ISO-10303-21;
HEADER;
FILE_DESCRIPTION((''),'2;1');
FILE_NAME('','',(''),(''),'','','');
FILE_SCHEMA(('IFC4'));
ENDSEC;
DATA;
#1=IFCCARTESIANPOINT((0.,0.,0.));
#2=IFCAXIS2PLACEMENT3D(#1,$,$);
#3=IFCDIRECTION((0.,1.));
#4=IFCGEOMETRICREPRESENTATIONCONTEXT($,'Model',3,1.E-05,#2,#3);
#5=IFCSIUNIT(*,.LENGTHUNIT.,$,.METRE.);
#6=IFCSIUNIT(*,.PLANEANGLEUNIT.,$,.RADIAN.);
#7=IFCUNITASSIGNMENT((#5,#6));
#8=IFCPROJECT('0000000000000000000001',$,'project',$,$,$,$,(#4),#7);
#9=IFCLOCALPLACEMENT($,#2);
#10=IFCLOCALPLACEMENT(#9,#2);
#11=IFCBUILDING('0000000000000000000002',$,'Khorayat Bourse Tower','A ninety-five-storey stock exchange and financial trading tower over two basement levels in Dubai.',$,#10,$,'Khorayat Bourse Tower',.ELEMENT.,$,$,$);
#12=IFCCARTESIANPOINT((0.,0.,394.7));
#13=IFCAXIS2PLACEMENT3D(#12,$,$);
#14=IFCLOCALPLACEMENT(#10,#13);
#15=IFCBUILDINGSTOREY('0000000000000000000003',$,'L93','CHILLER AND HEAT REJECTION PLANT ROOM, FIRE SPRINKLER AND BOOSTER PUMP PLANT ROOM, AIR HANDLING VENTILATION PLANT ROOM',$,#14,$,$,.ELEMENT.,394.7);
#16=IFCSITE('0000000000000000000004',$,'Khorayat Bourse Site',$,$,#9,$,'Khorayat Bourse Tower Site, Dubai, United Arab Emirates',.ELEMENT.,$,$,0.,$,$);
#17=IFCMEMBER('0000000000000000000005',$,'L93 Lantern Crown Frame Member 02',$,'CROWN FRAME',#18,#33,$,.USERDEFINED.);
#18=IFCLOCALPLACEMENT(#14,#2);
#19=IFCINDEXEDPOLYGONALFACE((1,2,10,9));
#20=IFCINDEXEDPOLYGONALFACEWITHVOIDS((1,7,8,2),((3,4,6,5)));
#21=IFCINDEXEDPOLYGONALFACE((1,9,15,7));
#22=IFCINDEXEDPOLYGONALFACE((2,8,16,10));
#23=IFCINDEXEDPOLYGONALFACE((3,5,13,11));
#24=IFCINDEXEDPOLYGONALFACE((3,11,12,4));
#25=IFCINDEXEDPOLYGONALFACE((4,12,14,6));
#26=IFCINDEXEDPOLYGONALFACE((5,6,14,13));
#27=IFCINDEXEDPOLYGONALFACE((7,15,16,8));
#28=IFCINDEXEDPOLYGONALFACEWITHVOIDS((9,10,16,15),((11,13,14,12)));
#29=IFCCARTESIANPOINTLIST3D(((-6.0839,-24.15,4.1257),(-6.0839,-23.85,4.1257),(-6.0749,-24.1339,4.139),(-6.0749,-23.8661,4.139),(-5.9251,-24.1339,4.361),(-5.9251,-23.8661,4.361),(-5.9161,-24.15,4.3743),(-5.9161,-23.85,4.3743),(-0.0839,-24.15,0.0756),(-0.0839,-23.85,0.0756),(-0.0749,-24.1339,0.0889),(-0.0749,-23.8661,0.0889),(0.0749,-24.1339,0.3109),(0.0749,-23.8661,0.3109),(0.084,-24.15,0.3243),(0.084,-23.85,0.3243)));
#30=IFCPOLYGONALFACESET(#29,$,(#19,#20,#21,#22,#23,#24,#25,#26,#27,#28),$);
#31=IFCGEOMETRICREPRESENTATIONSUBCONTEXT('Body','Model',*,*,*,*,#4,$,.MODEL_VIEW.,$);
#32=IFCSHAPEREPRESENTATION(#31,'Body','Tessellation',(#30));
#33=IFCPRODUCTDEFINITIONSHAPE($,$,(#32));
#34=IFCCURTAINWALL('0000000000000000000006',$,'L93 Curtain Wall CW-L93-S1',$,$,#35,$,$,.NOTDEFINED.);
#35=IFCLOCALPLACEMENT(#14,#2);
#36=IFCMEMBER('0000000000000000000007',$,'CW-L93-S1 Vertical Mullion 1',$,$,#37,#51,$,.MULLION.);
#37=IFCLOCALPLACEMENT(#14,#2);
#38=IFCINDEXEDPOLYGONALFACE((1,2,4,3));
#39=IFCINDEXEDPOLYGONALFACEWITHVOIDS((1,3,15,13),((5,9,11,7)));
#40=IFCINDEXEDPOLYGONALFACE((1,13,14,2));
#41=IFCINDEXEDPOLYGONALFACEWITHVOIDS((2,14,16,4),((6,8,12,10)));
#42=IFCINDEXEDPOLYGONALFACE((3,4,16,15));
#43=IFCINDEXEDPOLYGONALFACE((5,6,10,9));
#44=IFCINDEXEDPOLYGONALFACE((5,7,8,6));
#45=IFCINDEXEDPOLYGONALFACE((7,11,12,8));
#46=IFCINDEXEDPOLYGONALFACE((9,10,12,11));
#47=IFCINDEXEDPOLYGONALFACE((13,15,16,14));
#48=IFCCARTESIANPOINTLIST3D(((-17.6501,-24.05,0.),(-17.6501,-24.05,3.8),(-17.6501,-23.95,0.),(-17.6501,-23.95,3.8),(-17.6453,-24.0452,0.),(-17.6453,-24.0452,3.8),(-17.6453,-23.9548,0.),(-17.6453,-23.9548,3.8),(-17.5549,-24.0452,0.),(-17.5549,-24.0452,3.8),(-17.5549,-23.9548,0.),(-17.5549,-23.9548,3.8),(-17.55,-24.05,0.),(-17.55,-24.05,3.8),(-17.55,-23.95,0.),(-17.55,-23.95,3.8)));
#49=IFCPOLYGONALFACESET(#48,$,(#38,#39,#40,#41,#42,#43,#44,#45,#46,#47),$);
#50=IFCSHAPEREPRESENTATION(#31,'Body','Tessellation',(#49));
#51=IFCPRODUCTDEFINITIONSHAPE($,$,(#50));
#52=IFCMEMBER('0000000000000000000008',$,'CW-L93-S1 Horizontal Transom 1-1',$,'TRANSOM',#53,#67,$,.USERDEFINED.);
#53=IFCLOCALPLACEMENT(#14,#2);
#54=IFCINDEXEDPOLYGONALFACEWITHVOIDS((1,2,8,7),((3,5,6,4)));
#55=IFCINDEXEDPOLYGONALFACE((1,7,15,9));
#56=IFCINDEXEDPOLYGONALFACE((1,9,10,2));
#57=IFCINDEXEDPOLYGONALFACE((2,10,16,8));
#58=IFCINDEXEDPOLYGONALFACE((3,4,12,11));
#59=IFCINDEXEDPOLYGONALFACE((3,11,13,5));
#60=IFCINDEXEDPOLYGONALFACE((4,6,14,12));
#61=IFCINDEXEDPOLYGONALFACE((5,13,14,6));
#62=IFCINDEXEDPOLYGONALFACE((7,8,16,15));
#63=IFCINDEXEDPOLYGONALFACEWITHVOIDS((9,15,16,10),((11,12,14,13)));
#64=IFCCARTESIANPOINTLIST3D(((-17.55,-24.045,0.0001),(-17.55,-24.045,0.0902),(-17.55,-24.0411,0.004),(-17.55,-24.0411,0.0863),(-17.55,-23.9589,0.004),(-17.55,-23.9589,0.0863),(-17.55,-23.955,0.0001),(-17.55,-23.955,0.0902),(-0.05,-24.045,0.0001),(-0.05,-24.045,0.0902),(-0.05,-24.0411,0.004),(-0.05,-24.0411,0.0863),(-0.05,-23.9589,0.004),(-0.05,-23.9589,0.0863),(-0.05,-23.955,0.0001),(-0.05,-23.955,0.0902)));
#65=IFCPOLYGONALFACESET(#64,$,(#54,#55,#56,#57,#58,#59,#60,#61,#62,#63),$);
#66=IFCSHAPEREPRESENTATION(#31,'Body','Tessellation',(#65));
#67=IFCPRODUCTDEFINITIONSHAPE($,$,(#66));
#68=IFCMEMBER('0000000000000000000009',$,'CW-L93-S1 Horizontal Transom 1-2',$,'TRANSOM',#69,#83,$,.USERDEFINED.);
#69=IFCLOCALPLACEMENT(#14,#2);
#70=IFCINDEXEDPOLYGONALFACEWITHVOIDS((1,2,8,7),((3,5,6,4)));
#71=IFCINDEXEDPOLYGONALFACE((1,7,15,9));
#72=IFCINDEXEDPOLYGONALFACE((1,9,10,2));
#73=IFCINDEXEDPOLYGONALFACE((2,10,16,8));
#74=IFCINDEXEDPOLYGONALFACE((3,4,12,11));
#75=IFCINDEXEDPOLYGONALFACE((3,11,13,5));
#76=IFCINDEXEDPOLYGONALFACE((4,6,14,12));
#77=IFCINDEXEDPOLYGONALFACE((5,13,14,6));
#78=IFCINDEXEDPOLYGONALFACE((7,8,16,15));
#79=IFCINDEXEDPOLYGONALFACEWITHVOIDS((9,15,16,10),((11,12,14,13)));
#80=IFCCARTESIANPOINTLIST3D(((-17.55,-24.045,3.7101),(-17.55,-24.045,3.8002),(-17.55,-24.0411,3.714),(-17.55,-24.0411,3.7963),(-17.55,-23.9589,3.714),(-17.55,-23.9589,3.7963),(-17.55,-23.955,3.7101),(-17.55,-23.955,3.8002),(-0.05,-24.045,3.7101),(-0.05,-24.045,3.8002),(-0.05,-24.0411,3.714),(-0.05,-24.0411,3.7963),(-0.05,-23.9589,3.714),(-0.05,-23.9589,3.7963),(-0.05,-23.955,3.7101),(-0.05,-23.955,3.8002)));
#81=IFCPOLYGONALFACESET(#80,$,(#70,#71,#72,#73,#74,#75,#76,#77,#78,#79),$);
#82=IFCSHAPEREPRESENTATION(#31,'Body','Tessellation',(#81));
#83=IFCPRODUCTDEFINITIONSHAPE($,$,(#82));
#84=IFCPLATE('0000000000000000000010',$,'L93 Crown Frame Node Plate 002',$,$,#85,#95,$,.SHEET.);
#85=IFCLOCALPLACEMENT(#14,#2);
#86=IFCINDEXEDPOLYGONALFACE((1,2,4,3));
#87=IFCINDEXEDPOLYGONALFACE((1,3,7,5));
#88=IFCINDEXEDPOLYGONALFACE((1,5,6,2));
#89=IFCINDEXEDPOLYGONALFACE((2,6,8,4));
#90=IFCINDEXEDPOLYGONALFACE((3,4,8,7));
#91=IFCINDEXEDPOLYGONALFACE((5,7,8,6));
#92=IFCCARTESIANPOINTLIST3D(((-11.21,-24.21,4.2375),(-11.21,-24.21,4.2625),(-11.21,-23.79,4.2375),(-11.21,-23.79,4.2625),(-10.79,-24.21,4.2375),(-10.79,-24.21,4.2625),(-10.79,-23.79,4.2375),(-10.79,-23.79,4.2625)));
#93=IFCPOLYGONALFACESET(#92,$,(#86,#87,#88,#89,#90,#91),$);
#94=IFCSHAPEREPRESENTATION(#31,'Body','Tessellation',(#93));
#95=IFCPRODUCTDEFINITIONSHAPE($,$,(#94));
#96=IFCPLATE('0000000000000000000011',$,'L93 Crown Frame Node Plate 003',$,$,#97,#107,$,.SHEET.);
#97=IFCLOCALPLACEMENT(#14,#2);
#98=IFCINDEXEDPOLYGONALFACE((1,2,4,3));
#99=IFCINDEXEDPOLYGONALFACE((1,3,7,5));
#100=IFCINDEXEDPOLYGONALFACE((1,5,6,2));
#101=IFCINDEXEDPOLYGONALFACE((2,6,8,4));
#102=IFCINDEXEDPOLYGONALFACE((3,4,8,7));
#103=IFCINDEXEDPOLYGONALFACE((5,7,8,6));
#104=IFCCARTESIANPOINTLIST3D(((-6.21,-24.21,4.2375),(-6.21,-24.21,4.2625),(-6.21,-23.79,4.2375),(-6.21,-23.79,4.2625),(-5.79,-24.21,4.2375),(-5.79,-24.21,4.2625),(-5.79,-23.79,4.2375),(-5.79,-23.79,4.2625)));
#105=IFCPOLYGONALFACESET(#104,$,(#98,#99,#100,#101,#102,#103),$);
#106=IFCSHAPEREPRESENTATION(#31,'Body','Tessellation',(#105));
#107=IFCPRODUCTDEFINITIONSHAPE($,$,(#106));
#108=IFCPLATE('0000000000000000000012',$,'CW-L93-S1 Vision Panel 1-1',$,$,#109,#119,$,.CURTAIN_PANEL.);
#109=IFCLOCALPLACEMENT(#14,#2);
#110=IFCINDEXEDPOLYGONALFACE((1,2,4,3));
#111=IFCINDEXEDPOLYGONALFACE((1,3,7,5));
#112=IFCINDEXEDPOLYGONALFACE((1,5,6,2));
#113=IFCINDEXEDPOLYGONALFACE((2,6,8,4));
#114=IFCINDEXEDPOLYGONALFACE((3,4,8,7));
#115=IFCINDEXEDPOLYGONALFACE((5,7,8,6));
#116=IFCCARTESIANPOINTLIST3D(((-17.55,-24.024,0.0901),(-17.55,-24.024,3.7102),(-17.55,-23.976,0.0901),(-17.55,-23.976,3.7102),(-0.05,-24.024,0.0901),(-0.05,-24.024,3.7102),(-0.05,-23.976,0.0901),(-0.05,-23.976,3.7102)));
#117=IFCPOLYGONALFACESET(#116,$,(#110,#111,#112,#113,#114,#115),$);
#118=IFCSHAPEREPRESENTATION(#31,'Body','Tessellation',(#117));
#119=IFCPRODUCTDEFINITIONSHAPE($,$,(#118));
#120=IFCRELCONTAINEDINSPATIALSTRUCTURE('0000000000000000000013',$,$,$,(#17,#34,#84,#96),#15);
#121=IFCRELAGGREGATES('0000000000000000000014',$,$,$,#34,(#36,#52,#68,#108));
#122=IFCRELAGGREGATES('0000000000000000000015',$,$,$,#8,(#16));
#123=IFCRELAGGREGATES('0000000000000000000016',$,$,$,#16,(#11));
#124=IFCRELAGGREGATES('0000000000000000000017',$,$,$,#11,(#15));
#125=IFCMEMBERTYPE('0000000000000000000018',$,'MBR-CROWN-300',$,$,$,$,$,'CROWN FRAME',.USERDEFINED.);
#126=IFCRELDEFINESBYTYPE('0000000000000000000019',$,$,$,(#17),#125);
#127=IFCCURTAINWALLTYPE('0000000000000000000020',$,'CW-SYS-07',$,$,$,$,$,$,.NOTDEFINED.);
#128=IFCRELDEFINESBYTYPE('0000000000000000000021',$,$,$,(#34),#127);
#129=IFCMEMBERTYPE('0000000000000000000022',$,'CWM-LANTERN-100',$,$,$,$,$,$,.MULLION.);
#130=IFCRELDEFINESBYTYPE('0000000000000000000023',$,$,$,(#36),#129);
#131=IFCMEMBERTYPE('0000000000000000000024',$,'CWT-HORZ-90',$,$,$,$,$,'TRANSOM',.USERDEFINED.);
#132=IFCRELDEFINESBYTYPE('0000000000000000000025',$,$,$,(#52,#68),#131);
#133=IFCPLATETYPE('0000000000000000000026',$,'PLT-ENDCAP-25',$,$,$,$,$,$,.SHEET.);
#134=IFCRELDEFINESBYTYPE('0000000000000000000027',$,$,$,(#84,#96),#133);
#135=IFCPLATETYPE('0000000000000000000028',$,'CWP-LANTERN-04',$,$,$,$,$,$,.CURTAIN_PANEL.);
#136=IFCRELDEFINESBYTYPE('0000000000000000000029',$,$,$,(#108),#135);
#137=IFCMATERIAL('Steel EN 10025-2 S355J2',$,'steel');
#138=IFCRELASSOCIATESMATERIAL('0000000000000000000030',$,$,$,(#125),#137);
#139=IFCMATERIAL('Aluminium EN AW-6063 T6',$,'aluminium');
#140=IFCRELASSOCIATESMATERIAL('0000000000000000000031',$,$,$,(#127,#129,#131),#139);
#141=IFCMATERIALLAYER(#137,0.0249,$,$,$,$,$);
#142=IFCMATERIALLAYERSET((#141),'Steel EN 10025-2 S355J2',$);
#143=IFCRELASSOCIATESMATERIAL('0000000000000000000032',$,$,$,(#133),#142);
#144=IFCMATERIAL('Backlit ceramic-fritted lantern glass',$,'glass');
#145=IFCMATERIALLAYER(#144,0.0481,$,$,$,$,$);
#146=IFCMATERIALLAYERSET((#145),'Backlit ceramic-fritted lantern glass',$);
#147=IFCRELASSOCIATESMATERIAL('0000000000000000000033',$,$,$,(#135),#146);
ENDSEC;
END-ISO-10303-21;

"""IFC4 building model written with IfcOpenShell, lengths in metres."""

from ifc_helpers import new_model, si_unit, direction, frame, origin, origin_2d, place, context, subcontext, project, spatial, rectangle, hollow_rectangle, extrude, source, transform, mapped, material, layer, layer_set, material_profile, profile_set, type_object, element, aggregate, save


model = new_model("IFC4")

# Units and contexts
model_context = context("Model", 3, precision=1e-05, world=origin(), true_north=direction((0.0, 1.0)))
body_context = subcontext(model_context, "Body", "Model", "MODEL_VIEW")
ifc_project = project(units=[si_unit("LENGTHUNIT", "METRE"), si_unit("PLANEANGLEUNIT", "RADIAN")], contexts=[model_context])

# Site, building, storey
site_placement = place(None, origin())
site = spatial("IfcSite", under=ifc_project, at=site_placement, Name="Khorayat Bourse Site", LongName="Khorayat Bourse Tower Site, Dubai, United Arab Emirates", CompositionType="ELEMENT", RefElevation=0.0)
building_placement = place(site_placement, origin())
building = spatial("IfcBuilding", under=site, at=building_placement, Name="Khorayat Bourse Tower", Description="A ninety-five-storey stock exchange and financial trading tower over two basement levels in Dubai.", LongName="Khorayat Bourse Tower", CompositionType="ELEMENT")
storey_placement = place(building_placement, frame((0.0, 0.0, 394.7)))
storey = spatial("IfcBuildingStorey", under=building, at=storey_placement, Name="L93", Description="CHILLER AND HEAT REJECTION PLANT ROOM, FIRE SPRINKLER AND BOOSTER PUMP PLANT ROOM, AIR HANDLING VENTILATION PLANT ROOM", CompositionType="ELEMENT", Elevation=394.7)

# Shared definitions
ifc_material_1 = material(Name="Steel EN 10025-2 S355J2", Category="steel")

# Member
ifc_material_profile_1 = material_profile(ifc_material_1, hollow_rectangle(XDim=0.3, YDim=0.3, WallThickness=0.0161, at=origin_2d()), Name="HSS 300x300x16")
ifc_profile_set_1 = profile_set([ifc_material_profile_1], Name="Steel EN 10025-2 S355J2")
member_type_1 = type_object("IfcMemberType", Name="MBR-CROWN-300", ElementType="CROWN FRAME", PredefinedType="USERDEFINED", material=ifc_profile_set_1)
shared_shape_1 = source(origin(), body_context, "Body", "SweptSolid", [
    extrude(hollow_rectangle(XDim=0.3, YDim=0.3, WallThickness=0.0161, at=origin_2d()), origin(), (0.0, 0.0, 1.0), 7.239),
])
member_1_placement = place(storey_placement, frame((-6.0, -24.0, 4.25), z_axis=(0.828846, 0.0, -0.559477), x_axis=(0.0, 1.0, 0.0)))
element("IfcMember", 1, at=member_1_placement, inside=storey, type_object=member_type_1, Name="L93 Lantern Crown Frame Member 02", ObjectType="CROWN FRAME", PredefinedType="USERDEFINED", context=body_context, shape_type="MappedRepresentation", body=[
    mapped(shared_shape_1, transform((0.0, 0.0, 0.0), scale=1.0)),
])

# Curtain wall, members
ifc_material_2 = material(Name="Aluminium EN AW-6063 T6", Category="aluminium")
curtain_wall_type = type_object("IfcCurtainWallType", Name="CW-SYS-07", PredefinedType="NOTDEFINED", material=ifc_material_2)
curtain_wall_placement = place(storey_placement, origin())
curtain_wall = element("IfcCurtainWall", 2, at=curtain_wall_placement, inside=storey, type_object=curtain_wall_type, Name="L93 Curtain Wall CW-L93-S1", PredefinedType="NOTDEFINED")
ifc_material_profile_2 = material_profile(ifc_material_2, hollow_rectangle(XDim=0.1001, YDim=0.1001, WallThickness=0.0049, at=origin_2d()), Name="ALU 100x100x5")
ifc_profile_set_2 = profile_set([ifc_material_profile_2], Name="Aluminium EN AW-6063 T6")
member_type_2 = type_object("IfcMemberType", Name="CWM-LANTERN-100", PredefinedType="MULLION", material=ifc_profile_set_2)
shared_shape_2 = source(origin(), body_context, "Body", "SweptSolid", [
    extrude(hollow_rectangle(XDim=0.1001, YDim=0.1001, WallThickness=0.0049, at=origin_2d()), origin(), (0.0, 0.0, 1.0), 3.8),
])
member_2_placement = place(storey_placement, frame((-17.6001, -24.0, 0.0), z_axis=(0.0, 0.0, 1.0), x_axis=(0.0, 1.0, 0.0)))
member_2 = element("IfcMember", 3, at=member_2_placement, type_object=member_type_2, Name="CW-L93-S1 Vertical Mullion 1", PredefinedType="MULLION", context=body_context, shape_type="MappedRepresentation", body=[
    mapped(shared_shape_2, transform((0.0, 0.0, 0.0), scale=1.0)),
])
ifc_material_profile_3 = material_profile(ifc_material_2, hollow_rectangle(XDim=0.0901, YDim=0.0901, WallThickness=0.0039, at=origin_2d()), Name="ALU 90x90x4")
ifc_profile_set_3 = profile_set([ifc_material_profile_3], Name="Aluminium EN AW-6063 T6")
member_type_3 = type_object("IfcMemberType", Name="CWT-HORZ-90", ElementType="TRANSOM", PredefinedType="USERDEFINED", material=ifc_profile_set_3)
shared_shape_3 = source(origin(), body_context, "Body", "SweptSolid", [
    extrude(hollow_rectangle(XDim=0.0901, YDim=0.0901, WallThickness=0.0039, at=origin_2d()), origin(), (0.0, 0.0, 1.0), 17.5),
])
member_3_placement = place(storey_placement, frame((-17.55, -24.0, 0.0452), z_axis=(1.0, 0.0, 0.0), x_axis=(0.0, 1.0, 0.0)))
member_3 = element("IfcMember", 4, at=member_3_placement, type_object=member_type_3, Name="CW-L93-S1 Horizontal Transom 1-1", ObjectType="TRANSOM", PredefinedType="USERDEFINED", context=body_context, shape_type="MappedRepresentation", body=[
    mapped(shared_shape_3, transform((0.0, 0.0, 0.0), scale=1.0)),
])
member_4_placement = place(storey_placement, frame((-17.55, -24.0, 3.7551), z_axis=(1.0, 0.0, 0.0), x_axis=(0.0, 1.0, 0.0)))
member_4 = element("IfcMember", 5, at=member_4_placement, type_object=member_type_3, Name="CW-L93-S1 Horizontal Transom 1-2", ObjectType="TRANSOM", PredefinedType="USERDEFINED", context=body_context, shape_type="MappedRepresentation", body=[
    mapped(shared_shape_3, transform((0.0, 0.0, 0.0), scale=1.0)),
])

# Plates
ifc_layer_1 = layer(ifc_material_1, 0.0249)
ifc_layer_set_1 = layer_set([ifc_layer_1], Name="Steel EN 10025-2 S355J2")
plate_type_1 = type_object("IfcPlateType", Name="PLT-ENDCAP-25", PredefinedType="SHEET", material=ifc_layer_set_1)
shared_shape_4 = source(origin(), body_context, "Body", "SweptSolid", [
    extrude(rectangle(XDim=0.4199, YDim=0.4199, at=origin_2d()), origin(), (0.0, 0.0, 1.0), 0.0249),
])
for number, where, z_axis, x_axis, name in (
    (6, (-11.0, -24.0, 4.2375), (0.0, 0.0, 1.0), (1.0, 0.0, 0.0), "L93 Crown Frame Node Plate 002"),
    (7, (-6.0, -24.0, 4.2375), (0.0, 0.0, 1.0), (1.0, 0.0, 0.0), "L93 Crown Frame Node Plate 003"),
):
    element("IfcPlate", number, at=place(storey_placement, frame(where, z_axis=z_axis, x_axis=x_axis)), inside=storey, type_object=plate_type_1, Name=name, PredefinedType="SHEET", context=body_context, shape_type="MappedRepresentation", body=[
        mapped(shared_shape_4, transform((0.0, 0.0, 0.0), scale=1.0)),
    ])

# Plate
ifc_material_3 = material(Name="Backlit ceramic-fritted lantern glass", Category="glass")
ifc_layer_2 = layer(ifc_material_3, 0.0481)
ifc_layer_set_2 = layer_set([ifc_layer_2], Name="Backlit ceramic-fritted lantern glass")
plate_type_2 = type_object("IfcPlateType", Name="CWP-LANTERN-04", PredefinedType="CURTAIN_PANEL", material=ifc_layer_set_2)
shared_shape_5 = source(origin(), body_context, "Body", "SweptSolid", [
    extrude(rectangle(XDim=17.5, YDim=0.0481, at=origin_2d()), origin(), (0.0, 0.0, 1.0), 3.6201),
])
plate_placement = place(storey_placement, frame((-8.8, -24.0, 0.0901), z_axis=(0.0, 0.0, 1.0), x_axis=(1.0, 0.0, 0.0)))
plate = element("IfcPlate", 8, at=plate_placement, type_object=plate_type_2, Name="CW-L93-S1 Vision Panel 1-1", PredefinedType="CURTAIN_PANEL", context=body_context, shape_type="MappedRepresentation", body=[
    mapped(shared_shape_5, transform((0.0, 0.0, 0.0), scale=1.0)),
])
aggregate(curtain_wall, [member_2, member_3, member_4, plate])

save(model, "model.ifc")
